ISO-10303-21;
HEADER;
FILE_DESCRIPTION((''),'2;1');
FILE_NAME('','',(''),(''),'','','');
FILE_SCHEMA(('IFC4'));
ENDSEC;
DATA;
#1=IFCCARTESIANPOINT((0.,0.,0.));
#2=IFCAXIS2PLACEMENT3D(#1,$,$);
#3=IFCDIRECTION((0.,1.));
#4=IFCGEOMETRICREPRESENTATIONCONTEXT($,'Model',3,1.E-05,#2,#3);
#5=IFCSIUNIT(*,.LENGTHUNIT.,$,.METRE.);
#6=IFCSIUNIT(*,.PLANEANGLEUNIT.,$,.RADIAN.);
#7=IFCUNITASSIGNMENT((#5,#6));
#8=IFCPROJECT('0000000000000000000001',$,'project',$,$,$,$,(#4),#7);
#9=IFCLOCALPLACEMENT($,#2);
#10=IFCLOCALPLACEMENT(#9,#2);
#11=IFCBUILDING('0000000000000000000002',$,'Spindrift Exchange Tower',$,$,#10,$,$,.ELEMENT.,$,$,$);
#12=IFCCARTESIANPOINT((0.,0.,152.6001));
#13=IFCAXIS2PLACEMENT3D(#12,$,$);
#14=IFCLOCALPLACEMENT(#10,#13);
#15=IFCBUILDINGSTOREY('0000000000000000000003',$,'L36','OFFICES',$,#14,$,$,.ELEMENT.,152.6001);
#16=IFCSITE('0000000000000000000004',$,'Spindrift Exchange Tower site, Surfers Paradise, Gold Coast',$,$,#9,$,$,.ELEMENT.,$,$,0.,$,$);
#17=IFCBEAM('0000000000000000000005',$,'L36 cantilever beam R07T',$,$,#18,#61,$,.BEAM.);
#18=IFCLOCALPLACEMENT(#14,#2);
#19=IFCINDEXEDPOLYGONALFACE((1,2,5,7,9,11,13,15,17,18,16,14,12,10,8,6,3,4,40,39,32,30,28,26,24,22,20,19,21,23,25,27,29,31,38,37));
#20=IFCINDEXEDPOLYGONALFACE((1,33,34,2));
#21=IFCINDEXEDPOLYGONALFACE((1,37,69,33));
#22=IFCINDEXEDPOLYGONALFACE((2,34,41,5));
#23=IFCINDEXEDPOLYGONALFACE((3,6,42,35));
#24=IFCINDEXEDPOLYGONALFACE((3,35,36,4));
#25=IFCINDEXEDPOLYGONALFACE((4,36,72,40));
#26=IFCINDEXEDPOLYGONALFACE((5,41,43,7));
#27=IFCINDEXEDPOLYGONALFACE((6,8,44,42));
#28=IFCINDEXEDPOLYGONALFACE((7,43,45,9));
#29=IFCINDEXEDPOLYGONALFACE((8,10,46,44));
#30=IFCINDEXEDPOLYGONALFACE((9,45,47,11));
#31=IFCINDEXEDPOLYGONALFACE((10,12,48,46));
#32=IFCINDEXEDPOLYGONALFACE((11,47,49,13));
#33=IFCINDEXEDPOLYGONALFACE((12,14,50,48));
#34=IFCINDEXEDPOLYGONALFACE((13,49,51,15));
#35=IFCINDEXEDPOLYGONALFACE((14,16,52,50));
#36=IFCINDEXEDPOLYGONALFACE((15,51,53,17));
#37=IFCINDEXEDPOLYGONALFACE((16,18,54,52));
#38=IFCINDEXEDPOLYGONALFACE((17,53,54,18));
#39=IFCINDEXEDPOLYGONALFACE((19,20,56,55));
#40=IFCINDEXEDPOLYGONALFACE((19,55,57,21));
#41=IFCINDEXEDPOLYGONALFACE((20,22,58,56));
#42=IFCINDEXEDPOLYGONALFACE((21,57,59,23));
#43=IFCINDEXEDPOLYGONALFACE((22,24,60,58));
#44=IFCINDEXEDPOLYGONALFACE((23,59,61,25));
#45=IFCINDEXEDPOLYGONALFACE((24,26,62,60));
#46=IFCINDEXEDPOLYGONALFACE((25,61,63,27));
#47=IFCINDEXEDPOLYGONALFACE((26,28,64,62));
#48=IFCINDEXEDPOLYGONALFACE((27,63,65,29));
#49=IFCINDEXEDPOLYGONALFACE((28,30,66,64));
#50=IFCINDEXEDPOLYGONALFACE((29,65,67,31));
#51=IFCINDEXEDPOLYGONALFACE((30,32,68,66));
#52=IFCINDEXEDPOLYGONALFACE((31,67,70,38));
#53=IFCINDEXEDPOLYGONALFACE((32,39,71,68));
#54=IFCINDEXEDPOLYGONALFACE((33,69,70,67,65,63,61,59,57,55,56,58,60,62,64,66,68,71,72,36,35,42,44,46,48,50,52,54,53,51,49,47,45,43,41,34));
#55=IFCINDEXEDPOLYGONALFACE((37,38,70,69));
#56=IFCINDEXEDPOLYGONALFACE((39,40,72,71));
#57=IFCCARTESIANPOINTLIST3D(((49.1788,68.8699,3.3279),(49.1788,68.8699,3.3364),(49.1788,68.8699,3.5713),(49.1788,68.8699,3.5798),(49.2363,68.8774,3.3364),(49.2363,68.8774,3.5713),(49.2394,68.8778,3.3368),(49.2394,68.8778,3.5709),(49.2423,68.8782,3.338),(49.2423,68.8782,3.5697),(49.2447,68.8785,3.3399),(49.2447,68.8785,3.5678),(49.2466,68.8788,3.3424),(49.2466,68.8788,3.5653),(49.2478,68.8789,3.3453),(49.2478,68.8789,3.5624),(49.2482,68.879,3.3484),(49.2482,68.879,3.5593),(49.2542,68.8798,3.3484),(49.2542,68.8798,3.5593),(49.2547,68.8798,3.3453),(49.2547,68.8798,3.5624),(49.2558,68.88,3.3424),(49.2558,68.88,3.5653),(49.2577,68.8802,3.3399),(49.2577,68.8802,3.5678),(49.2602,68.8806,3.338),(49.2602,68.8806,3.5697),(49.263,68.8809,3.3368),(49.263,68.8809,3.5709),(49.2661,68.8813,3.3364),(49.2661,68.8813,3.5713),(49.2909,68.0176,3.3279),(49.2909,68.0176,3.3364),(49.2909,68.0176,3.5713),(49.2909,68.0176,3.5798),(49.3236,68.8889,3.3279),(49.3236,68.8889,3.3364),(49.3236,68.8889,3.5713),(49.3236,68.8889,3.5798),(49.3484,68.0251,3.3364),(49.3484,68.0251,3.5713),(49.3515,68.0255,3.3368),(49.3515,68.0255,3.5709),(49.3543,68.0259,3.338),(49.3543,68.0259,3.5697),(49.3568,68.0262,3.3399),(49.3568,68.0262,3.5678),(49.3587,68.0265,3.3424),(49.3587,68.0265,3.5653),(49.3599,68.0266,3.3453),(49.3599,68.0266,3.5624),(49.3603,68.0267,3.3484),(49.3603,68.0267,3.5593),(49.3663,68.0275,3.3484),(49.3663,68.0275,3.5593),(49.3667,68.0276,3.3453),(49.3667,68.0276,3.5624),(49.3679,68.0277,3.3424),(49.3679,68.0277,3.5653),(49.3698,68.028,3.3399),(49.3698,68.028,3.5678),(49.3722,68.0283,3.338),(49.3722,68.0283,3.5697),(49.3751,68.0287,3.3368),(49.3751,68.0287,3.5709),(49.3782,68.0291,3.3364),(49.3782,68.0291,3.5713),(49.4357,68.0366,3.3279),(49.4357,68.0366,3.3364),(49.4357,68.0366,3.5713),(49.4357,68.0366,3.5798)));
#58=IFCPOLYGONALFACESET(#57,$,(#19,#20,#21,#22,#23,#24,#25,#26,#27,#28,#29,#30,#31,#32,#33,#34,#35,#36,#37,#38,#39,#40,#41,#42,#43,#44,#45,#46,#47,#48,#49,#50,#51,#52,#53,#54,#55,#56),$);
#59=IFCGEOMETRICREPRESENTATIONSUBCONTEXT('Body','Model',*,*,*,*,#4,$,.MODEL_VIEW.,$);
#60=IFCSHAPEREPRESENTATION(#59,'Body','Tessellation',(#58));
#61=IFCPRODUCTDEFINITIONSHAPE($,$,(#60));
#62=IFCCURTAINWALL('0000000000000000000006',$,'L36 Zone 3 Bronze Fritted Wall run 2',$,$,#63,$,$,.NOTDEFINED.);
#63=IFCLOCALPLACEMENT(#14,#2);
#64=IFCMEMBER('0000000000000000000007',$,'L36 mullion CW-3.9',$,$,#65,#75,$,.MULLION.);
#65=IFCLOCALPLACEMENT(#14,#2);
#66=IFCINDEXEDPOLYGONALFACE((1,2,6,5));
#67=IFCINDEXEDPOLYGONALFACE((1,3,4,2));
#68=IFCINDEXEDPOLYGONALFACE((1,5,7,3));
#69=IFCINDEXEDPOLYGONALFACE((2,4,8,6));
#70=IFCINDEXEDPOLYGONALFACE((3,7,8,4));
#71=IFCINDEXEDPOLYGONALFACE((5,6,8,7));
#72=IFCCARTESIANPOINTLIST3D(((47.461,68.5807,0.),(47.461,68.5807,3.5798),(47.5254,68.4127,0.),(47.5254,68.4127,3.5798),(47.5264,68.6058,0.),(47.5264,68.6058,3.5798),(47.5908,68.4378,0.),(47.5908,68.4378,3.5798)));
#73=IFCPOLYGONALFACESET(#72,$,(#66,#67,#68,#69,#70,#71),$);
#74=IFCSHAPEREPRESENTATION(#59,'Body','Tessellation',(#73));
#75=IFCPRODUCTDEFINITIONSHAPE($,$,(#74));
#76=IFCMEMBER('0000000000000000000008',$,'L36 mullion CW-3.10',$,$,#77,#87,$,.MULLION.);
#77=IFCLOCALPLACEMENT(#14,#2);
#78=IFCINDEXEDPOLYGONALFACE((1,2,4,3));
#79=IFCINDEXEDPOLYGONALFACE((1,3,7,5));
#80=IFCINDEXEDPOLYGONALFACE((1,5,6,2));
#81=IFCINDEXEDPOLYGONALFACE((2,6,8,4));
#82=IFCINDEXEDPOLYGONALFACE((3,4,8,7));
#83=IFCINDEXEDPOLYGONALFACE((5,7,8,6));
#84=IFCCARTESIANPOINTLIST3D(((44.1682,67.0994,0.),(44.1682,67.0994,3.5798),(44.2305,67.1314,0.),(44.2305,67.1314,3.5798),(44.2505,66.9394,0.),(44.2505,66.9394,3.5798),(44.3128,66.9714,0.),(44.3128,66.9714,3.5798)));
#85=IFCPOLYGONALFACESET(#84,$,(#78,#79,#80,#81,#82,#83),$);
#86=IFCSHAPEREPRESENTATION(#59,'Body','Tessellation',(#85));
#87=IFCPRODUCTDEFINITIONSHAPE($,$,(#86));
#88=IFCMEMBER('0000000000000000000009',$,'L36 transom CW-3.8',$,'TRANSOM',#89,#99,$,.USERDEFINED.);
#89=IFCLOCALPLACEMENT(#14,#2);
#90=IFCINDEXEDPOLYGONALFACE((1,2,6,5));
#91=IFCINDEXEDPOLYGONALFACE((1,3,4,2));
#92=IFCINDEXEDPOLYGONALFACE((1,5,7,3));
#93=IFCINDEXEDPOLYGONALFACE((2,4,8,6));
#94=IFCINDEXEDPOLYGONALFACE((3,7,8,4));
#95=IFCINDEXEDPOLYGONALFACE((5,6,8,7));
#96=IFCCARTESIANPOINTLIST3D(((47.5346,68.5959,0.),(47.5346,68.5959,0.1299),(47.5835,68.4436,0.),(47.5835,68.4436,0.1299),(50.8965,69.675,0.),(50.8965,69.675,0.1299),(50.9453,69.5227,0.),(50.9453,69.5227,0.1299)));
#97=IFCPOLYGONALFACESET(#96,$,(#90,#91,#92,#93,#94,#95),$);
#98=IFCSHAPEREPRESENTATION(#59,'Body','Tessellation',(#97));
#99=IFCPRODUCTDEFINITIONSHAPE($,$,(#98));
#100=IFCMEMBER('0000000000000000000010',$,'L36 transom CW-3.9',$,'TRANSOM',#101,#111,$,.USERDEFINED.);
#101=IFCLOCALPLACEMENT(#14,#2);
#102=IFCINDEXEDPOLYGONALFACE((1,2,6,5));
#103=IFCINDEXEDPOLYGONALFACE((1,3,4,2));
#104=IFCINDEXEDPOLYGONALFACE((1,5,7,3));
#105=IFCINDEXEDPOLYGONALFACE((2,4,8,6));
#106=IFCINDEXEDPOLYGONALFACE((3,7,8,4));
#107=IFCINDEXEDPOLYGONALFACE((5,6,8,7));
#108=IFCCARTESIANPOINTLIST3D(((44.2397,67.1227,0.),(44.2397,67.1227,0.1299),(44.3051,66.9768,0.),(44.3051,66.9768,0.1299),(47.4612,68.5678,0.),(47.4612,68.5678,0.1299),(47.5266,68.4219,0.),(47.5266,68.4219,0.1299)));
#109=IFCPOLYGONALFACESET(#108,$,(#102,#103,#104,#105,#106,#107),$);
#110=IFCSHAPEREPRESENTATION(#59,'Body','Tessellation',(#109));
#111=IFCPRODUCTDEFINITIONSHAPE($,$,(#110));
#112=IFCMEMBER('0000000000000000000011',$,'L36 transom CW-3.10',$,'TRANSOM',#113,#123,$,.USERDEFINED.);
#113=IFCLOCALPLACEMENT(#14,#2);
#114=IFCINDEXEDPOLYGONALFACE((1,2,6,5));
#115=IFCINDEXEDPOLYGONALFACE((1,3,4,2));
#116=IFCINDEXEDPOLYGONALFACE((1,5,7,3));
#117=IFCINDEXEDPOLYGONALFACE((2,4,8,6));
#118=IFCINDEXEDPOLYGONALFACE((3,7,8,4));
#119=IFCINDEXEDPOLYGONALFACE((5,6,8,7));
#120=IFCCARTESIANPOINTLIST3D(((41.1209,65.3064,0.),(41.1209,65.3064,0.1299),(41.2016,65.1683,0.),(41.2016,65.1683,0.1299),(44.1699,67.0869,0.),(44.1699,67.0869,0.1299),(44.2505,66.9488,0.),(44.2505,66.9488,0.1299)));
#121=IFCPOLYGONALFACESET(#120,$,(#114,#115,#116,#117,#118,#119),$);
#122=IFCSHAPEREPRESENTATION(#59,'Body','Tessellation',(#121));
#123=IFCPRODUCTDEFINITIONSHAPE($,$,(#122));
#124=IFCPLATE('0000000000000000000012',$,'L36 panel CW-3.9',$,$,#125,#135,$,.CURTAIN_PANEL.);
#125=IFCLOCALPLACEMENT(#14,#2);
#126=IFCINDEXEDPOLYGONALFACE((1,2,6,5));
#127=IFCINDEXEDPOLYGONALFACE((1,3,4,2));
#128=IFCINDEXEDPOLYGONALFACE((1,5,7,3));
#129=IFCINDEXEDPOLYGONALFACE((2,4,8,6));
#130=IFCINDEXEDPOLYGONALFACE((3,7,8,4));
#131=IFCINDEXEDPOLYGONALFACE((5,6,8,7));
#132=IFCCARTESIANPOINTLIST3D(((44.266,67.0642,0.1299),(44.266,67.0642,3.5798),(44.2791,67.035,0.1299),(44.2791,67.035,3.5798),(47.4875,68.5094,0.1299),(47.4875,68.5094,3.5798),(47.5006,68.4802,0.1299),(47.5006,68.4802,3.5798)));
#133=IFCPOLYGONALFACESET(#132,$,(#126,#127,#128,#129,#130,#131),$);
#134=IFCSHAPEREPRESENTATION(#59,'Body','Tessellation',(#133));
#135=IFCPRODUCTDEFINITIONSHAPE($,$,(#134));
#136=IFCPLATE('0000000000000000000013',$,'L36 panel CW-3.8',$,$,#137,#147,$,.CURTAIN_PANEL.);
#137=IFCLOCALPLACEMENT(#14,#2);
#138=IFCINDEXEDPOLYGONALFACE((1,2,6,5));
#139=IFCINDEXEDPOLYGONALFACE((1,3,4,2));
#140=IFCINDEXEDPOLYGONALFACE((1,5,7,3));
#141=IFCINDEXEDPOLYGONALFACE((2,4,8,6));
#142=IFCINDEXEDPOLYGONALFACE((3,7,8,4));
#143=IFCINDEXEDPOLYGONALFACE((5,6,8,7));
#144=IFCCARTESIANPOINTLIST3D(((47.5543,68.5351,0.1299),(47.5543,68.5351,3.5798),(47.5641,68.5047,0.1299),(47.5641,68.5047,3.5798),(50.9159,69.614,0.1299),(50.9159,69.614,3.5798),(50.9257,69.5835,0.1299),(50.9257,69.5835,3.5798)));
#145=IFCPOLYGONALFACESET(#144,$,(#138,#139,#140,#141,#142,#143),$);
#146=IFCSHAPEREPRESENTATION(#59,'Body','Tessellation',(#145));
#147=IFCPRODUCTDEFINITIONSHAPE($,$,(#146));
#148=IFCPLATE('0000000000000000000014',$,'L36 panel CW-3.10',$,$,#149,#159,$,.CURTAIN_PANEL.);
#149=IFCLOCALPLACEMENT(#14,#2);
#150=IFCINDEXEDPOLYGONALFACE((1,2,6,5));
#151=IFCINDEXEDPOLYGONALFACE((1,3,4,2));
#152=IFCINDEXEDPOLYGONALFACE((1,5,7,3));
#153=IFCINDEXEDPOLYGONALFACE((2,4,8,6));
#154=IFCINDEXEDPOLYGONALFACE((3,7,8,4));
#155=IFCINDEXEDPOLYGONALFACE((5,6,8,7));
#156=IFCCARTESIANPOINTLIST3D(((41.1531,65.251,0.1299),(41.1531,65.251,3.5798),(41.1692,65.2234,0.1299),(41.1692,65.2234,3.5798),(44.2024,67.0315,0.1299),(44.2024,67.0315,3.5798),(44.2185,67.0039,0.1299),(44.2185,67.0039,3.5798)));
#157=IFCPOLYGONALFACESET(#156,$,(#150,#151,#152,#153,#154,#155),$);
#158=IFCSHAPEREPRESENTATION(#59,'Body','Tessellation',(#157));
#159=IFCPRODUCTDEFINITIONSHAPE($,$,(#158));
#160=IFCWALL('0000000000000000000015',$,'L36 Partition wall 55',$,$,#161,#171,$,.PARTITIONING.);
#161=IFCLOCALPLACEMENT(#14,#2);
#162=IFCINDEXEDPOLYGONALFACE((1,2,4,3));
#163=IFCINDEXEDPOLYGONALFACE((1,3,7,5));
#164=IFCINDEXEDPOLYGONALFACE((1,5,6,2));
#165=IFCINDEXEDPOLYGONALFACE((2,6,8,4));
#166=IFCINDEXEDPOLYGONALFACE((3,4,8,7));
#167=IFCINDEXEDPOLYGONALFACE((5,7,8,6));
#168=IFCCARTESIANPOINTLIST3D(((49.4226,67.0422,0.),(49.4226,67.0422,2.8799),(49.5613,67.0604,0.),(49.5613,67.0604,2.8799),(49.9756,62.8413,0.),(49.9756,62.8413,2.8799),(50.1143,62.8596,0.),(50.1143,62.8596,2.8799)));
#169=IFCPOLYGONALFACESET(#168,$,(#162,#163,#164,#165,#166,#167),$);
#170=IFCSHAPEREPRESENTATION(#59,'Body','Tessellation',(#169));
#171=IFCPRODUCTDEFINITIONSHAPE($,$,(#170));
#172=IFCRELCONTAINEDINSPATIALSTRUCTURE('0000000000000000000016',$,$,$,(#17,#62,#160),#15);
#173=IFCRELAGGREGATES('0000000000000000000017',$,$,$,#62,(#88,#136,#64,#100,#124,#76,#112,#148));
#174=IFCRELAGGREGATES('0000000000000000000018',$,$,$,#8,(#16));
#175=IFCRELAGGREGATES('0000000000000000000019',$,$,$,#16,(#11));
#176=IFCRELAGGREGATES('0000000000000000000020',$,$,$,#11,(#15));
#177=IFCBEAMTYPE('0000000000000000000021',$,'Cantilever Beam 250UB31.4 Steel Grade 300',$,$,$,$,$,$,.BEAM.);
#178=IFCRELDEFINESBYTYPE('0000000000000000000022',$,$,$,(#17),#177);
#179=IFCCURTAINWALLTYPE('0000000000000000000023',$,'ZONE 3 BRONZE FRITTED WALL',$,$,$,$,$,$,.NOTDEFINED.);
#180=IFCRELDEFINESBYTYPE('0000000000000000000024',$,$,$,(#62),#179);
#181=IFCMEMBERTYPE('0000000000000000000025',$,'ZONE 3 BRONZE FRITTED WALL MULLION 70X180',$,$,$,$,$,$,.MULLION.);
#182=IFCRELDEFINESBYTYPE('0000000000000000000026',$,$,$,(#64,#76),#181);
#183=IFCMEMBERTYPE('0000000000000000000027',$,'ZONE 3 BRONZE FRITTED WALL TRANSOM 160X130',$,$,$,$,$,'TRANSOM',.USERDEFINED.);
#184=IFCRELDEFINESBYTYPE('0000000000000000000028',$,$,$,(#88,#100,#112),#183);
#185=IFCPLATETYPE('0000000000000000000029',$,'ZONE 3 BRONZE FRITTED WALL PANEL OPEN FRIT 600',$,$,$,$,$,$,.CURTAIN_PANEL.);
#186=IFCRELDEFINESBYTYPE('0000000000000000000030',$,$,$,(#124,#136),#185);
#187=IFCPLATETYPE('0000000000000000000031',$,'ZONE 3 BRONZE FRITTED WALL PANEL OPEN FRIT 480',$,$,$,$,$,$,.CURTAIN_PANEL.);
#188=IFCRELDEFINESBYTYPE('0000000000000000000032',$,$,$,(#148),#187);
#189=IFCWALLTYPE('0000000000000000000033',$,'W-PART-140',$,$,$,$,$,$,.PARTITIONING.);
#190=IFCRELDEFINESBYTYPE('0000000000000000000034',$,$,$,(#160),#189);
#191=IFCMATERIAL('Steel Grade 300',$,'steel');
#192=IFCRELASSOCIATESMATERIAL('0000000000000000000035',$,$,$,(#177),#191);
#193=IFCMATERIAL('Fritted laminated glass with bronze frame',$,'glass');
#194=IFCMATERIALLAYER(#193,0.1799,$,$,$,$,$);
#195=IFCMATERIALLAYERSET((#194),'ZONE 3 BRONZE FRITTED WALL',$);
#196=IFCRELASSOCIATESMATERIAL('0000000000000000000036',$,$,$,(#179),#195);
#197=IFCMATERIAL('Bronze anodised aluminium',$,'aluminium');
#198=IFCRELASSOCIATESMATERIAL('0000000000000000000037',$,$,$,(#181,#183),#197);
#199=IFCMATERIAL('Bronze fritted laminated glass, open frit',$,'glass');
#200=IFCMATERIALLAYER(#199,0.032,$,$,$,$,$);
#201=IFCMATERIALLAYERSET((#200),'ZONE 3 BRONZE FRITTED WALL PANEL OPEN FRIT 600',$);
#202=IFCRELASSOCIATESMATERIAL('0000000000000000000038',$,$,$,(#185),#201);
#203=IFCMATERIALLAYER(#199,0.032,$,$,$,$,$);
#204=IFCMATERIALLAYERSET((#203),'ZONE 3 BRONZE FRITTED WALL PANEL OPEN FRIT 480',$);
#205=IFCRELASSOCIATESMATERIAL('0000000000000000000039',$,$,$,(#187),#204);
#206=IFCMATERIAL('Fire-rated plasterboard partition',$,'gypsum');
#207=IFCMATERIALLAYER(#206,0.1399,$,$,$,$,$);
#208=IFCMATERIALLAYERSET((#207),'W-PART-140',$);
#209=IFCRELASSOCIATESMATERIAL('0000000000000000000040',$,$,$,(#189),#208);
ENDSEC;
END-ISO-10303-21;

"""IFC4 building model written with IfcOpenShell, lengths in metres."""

from ifc_helpers import new_model, si_unit, direction, frame, frame_2d, origin, origin_2d, place, context, subcontext, project, spatial, rectangle, i_section, extrude, source, transform, mapped, material, layer, layer_set, material_profile, profile_set, type_object, element, aggregate, save


model = new_model("IFC4")

# Units and contexts
model_context = context("Model", 3, precision=1e-05, world=origin(), true_north=direction((0.0, 1.0)))
body_context = subcontext(model_context, "Body", "Model", "MODEL_VIEW")
ifc_project = project(units=[si_unit("LENGTHUNIT", "METRE"), si_unit("PLANEANGLEUNIT", "RADIAN")], contexts=[model_context])

# Site, building, storey
site_placement = place(None, origin())
site = spatial("IfcSite", under=ifc_project, at=site_placement, Name="Spindrift Exchange Tower site, Surfers Paradise, Gold Coast", CompositionType="ELEMENT", RefElevation=0.0)
building_placement = place(site_placement, origin())
building = spatial("IfcBuilding", under=site, at=building_placement, Name="Spindrift Exchange Tower", CompositionType="ELEMENT")
storey_placement = place(building_placement, frame((0.0, 0.0, 152.6001)))
storey = spatial("IfcBuildingStorey", under=building, at=storey_placement, Name="L36", Description="OFFICES", CompositionType="ELEMENT", Elevation=152.6001)

# Beam
ifc_material_1 = material(Name="Steel Grade 300", Category="steel")
ifc_material_profile_1 = material_profile(ifc_material_1, i_section(OverallWidth=0.146, OverallDepth=0.252, WebThickness=0.0061, FlangeThickness=0.0085, FilletRadius=0.012, at=origin_2d()), Name="250UB31.4")
ifc_profile_set_1 = profile_set([ifc_material_profile_1], Name="Steel Grade 300")
beam_type_1 = type_object("IfcBeamType", Name="Cantilever Beam 250UB31.4 Steel Grade 300", PredefinedType="BEAM", material=ifc_profile_set_1)
shared_shape_1 = source(origin(), body_context, "Body", "SweptSolid", [
    extrude(i_section(OverallWidth=0.146, OverallDepth=0.252, WebThickness=0.0061, FlangeThickness=0.0085, FilletRadius=0.012, at=origin_2d()), origin(), (0.0, 0.0, 1.0), 0.8596),
])
beam_1_placement = place(storey_placement, frame((49.3633, 68.0271, 3.4539), z_axis=(-0.130359, 0.991467, 0.0), x_axis=(-0.991467, -0.130359, 0.0)))
element("IfcBeam", 1, at=beam_1_placement, inside=storey, type_object=beam_type_1, Name="L36 cantilever beam R07T", PredefinedType="BEAM", context=body_context, shape_type="MappedRepresentation", body=[
    mapped(shared_shape_1, transform((0.0, 0.0, 0.0), scale=1.0)),
])

# Curtain wall, members, plates
ifc_material_2 = material(Name="Fritted laminated glass with bronze frame", Category="glass")
ifc_layer_1 = layer(ifc_material_2, 0.1799)
ifc_layer_set_1 = layer_set([ifc_layer_1], Name="ZONE 3 BRONZE FRITTED WALL")
curtain_wall_type = type_object("IfcCurtainWallType", Name="ZONE 3 BRONZE FRITTED WALL", PredefinedType="NOTDEFINED", material=ifc_layer_set_1)
curtain_wall_placement = place(storey_placement, origin())
curtain_wall = element("IfcCurtainWall", 2, at=curtain_wall_placement, inside=storey, type_object=curtain_wall_type, Name="L36 Zone 3 Bronze Fritted Wall run 2", PredefinedType="NOTDEFINED")
ifc_material_3 = material(Name="Bronze anodised aluminium", Category="aluminium")
ifc_material_profile_2 = material_profile(ifc_material_3, rectangle(XDim=0.0701, YDim=0.1799, at=origin_2d()), Name="ZONE 3 BRONZE FRITTED WALL MULLION 70X180")
ifc_profile_set_2 = profile_set([ifc_material_profile_2], Name="Bronze anodised aluminium")
member_type_1 = type_object("IfcMemberType", Name="ZONE 3 BRONZE FRITTED WALL MULLION 70X180", PredefinedType="MULLION", material=ifc_profile_set_2)
shared_shape_2 = source(origin(), body_context, "Body", "SweptSolid", [
    extrude(rectangle(XDim=0.0701, YDim=0.1799, at=origin_2d()), origin(), (0.0, 0.0, 1.0), 3.5798),
])
member_1_placement = place(storey_placement, frame((47.5259, 68.5093, 0.0), z_axis=(0.0, 0.0, 1.0), x_axis=(-0.933722, -0.357998, 0.0)))
member_1 = element("IfcMember", 3, at=member_1_placement, type_object=member_type_1, Name="L36 mullion CW-3.9", PredefinedType="MULLION", context=body_context, shape_type="MappedRepresentation", body=[
    mapped(shared_shape_2, transform((0.0, 0.0, 0.0), scale=1.0)),
])
member_2_placement = place(storey_placement, frame((44.2405, 67.0354, 0.0), z_axis=(0.0, 0.0, 1.0), x_axis=(-0.889249, -0.457423, 0.0)))
member_2 = element("IfcMember", 4, at=member_2_placement, type_object=member_type_1, Name="L36 mullion CW-3.10", PredefinedType="MULLION", context=body_context, shape_type="MappedRepresentation", body=[
    mapped(shared_shape_2, transform((0.0, 0.0, 0.0), scale=1.0)),
])
ifc_material_profile_3 = material_profile(ifc_material_3, rectangle(XDim=0.1599, YDim=0.1299, at=origin_2d()), Name="ZONE 3 BRONZE FRITTED WALL TRANSOM 160X130")
ifc_profile_set_3 = profile_set([ifc_material_profile_3], Name="Bronze anodised aluminium")
member_type_2 = type_object("IfcMemberType", Name="ZONE 3 BRONZE FRITTED WALL TRANSOM 160X130", ElementType="TRANSOM", PredefinedType="USERDEFINED", material=ifc_profile_set_3)
shared_shape_3 = source(origin(), body_context, "Body", "SweptSolid", [
    extrude(rectangle(XDim=0.1599, YDim=0.1299, at=origin_2d()), origin(), (0.0, 0.0, 1.0), 3.5308),
])
member_3_placement = place(storey_placement, frame((50.9209, 69.5989, 0.0649), z_axis=(-0.952151, -0.305629, 0.0), x_axis=(0.305629, -0.952151, 0.0)))
member_3 = element("IfcMember", 5, at=member_3_placement, type_object=member_type_2, Name="L36 transom CW-3.8", ObjectType="TRANSOM", PredefinedType="USERDEFINED", context=body_context, shape_type="MappedRepresentation", body=[
    mapped(shared_shape_3, transform((0.0, 0.0, 0.0), scale=1.0)),
])
member_4_placement = place(storey_placement, frame((47.4939, 68.4949, 0.0649), z_axis=(-0.912406, -0.409286, 0.0), x_axis=(0.409286, -0.912406, 0.0)))
member_4 = element("IfcMember", 6, at=member_4_placement, type_object=member_type_2, Name="L36 transom CW-3.9", ObjectType="TRANSOM", PredefinedType="USERDEFINED", context=body_context, shape_type="MappedRepresentation", body=[
    mapped(shared_shape_3, transform((0.0, 0.0, 0.0), scale=1.0)),
])
member_5_placement = place(storey_placement, frame((44.2102, 67.0178, 0.0649), z_axis=(-0.863546, -0.504271, 0.0), x_axis=(0.504271, -0.863546, 0.0)))
member_5 = element("IfcMember", 7, at=member_5_placement, type_object=member_type_2, Name="L36 transom CW-3.10", ObjectType="TRANSOM", PredefinedType="USERDEFINED", context=body_context, shape_type="MappedRepresentation", body=[
    mapped(shared_shape_3, transform((0.0, 0.0, 0.0), scale=1.0)),
])
ifc_material_4 = material(Name="Bronze fritted laminated glass, open frit", Category="glass")
ifc_layer_2 = layer(ifc_material_4, 0.032)
ifc_layer_set_2 = layer_set([ifc_layer_2], Name="ZONE 3 BRONZE FRITTED WALL PANEL OPEN FRIT 600")
plate_type_1 = type_object("IfcPlateType", Name="ZONE 3 BRONZE FRITTED WALL PANEL OPEN FRIT 600", PredefinedType="CURTAIN_PANEL", material=ifc_layer_set_2)
shared_shape_4 = source(origin(), body_context, "Body", "SweptSolid", [
    extrude(rectangle(XDim=3.5308, YDim=0.032, at=origin_2d()), origin(), (0.0, 0.0, 1.0), 3.45),
])
plate_1_placement = place(storey_placement, frame((45.8833, 67.7722, 0.1299), z_axis=(0.0, 0.0, 1.0), x_axis=(-0.912398, -0.409305, 0.0)))
plate_1 = element("IfcPlate", 8, at=plate_1_placement, type_object=plate_type_1, Name="L36 panel CW-3.9", PredefinedType="CURTAIN_PANEL", context=body_context, shape_type="MappedRepresentation", body=[
    mapped(shared_shape_4, transform((0.0, 0.0, 0.0), scale=1.0)),
])
shared_shape_5 = source(origin(), body_context, "Body", "SweptSolid", [
    extrude(rectangle(XDim=3.5305, YDim=0.032, at=origin_2d()), origin(), (0.0, 0.0, 1.0), 3.45),
])
plate_2_placement = place(storey_placement, frame((49.24, 69.0593, 0.1299), z_axis=(0.0, 0.0, 1.0), x_axis=(-0.952165, -0.305586, 0.0)))
plate_2 = element("IfcPlate", 9, at=plate_2_placement, type_object=plate_type_1, Name="L36 panel CW-3.8", PredefinedType="CURTAIN_PANEL", context=body_context, shape_type="MappedRepresentation", body=[
    mapped(shared_shape_5, transform((0.0, 0.0, 0.0), scale=1.0)),
])
ifc_layer_3 = layer(ifc_material_4, 0.032)
ifc_layer_set_3 = layer_set([ifc_layer_3], Name="ZONE 3 BRONZE FRITTED WALL PANEL OPEN FRIT 480")
plate_type_2 = type_object("IfcPlateType", Name="ZONE 3 BRONZE FRITTED WALL PANEL OPEN FRIT 480", PredefinedType="CURTAIN_PANEL", material=ifc_layer_set_3)
shared_shape_6 = source(origin(), body_context, "Body", "SweptSolid", [
    extrude(rectangle(XDim=3.531, YDim=0.032, at=origin_2d()), origin(), (0.0, 0.0, 1.0), 3.45),
])
plate_3_placement = place(storey_placement, frame((42.6858, 66.1274, 0.1299), z_axis=(0.0, 0.0, 1.0), x_axis=(-0.863565, -0.504237, 0.0)))
plate_3 = element("IfcPlate", 10, at=plate_3_placement, type_object=plate_type_2, Name="L36 panel CW-3.10", PredefinedType="CURTAIN_PANEL", context=body_context, shape_type="MappedRepresentation", body=[
    mapped(shared_shape_6, transform((0.0, 0.0, 0.0), scale=1.0)),
])
aggregate(curtain_wall, [member_3, plate_2, member_1, member_4, plate_1, member_2, member_5, plate_3])

# Wall
ifc_material_5 = material(Name="Fire-rated plasterboard partition", Category="gypsum")
ifc_layer_4 = layer(ifc_material_5, 0.1399)
ifc_layer_set_4 = layer_set([ifc_layer_4], Name="W-PART-140")
wall_type = type_object("IfcWallType", Name="W-PART-140", PredefinedType="PARTITIONING", material=ifc_layer_set_4)
wall_1_placement = place(storey_placement, frame((50.0449, 62.8503, 0.0), z_axis=(0.0, 0.0, 1.0), x_axis=(-0.130507, 0.991447, 0.0)))
element("IfcWall", 11, at=wall_1_placement, inside=storey, type_object=wall_type, Name="L36 Partition wall 55", PredefinedType="PARTITIONING", context=body_context, shape_type="SweptSolid", body=[
    extrude(rectangle(XDim=4.2371, YDim=0.1399, at=frame_2d((2.1187, 0.0))), origin(), (0.0, 0.0, 1.0), 2.8799),
])

save(model, "model.ifc")
